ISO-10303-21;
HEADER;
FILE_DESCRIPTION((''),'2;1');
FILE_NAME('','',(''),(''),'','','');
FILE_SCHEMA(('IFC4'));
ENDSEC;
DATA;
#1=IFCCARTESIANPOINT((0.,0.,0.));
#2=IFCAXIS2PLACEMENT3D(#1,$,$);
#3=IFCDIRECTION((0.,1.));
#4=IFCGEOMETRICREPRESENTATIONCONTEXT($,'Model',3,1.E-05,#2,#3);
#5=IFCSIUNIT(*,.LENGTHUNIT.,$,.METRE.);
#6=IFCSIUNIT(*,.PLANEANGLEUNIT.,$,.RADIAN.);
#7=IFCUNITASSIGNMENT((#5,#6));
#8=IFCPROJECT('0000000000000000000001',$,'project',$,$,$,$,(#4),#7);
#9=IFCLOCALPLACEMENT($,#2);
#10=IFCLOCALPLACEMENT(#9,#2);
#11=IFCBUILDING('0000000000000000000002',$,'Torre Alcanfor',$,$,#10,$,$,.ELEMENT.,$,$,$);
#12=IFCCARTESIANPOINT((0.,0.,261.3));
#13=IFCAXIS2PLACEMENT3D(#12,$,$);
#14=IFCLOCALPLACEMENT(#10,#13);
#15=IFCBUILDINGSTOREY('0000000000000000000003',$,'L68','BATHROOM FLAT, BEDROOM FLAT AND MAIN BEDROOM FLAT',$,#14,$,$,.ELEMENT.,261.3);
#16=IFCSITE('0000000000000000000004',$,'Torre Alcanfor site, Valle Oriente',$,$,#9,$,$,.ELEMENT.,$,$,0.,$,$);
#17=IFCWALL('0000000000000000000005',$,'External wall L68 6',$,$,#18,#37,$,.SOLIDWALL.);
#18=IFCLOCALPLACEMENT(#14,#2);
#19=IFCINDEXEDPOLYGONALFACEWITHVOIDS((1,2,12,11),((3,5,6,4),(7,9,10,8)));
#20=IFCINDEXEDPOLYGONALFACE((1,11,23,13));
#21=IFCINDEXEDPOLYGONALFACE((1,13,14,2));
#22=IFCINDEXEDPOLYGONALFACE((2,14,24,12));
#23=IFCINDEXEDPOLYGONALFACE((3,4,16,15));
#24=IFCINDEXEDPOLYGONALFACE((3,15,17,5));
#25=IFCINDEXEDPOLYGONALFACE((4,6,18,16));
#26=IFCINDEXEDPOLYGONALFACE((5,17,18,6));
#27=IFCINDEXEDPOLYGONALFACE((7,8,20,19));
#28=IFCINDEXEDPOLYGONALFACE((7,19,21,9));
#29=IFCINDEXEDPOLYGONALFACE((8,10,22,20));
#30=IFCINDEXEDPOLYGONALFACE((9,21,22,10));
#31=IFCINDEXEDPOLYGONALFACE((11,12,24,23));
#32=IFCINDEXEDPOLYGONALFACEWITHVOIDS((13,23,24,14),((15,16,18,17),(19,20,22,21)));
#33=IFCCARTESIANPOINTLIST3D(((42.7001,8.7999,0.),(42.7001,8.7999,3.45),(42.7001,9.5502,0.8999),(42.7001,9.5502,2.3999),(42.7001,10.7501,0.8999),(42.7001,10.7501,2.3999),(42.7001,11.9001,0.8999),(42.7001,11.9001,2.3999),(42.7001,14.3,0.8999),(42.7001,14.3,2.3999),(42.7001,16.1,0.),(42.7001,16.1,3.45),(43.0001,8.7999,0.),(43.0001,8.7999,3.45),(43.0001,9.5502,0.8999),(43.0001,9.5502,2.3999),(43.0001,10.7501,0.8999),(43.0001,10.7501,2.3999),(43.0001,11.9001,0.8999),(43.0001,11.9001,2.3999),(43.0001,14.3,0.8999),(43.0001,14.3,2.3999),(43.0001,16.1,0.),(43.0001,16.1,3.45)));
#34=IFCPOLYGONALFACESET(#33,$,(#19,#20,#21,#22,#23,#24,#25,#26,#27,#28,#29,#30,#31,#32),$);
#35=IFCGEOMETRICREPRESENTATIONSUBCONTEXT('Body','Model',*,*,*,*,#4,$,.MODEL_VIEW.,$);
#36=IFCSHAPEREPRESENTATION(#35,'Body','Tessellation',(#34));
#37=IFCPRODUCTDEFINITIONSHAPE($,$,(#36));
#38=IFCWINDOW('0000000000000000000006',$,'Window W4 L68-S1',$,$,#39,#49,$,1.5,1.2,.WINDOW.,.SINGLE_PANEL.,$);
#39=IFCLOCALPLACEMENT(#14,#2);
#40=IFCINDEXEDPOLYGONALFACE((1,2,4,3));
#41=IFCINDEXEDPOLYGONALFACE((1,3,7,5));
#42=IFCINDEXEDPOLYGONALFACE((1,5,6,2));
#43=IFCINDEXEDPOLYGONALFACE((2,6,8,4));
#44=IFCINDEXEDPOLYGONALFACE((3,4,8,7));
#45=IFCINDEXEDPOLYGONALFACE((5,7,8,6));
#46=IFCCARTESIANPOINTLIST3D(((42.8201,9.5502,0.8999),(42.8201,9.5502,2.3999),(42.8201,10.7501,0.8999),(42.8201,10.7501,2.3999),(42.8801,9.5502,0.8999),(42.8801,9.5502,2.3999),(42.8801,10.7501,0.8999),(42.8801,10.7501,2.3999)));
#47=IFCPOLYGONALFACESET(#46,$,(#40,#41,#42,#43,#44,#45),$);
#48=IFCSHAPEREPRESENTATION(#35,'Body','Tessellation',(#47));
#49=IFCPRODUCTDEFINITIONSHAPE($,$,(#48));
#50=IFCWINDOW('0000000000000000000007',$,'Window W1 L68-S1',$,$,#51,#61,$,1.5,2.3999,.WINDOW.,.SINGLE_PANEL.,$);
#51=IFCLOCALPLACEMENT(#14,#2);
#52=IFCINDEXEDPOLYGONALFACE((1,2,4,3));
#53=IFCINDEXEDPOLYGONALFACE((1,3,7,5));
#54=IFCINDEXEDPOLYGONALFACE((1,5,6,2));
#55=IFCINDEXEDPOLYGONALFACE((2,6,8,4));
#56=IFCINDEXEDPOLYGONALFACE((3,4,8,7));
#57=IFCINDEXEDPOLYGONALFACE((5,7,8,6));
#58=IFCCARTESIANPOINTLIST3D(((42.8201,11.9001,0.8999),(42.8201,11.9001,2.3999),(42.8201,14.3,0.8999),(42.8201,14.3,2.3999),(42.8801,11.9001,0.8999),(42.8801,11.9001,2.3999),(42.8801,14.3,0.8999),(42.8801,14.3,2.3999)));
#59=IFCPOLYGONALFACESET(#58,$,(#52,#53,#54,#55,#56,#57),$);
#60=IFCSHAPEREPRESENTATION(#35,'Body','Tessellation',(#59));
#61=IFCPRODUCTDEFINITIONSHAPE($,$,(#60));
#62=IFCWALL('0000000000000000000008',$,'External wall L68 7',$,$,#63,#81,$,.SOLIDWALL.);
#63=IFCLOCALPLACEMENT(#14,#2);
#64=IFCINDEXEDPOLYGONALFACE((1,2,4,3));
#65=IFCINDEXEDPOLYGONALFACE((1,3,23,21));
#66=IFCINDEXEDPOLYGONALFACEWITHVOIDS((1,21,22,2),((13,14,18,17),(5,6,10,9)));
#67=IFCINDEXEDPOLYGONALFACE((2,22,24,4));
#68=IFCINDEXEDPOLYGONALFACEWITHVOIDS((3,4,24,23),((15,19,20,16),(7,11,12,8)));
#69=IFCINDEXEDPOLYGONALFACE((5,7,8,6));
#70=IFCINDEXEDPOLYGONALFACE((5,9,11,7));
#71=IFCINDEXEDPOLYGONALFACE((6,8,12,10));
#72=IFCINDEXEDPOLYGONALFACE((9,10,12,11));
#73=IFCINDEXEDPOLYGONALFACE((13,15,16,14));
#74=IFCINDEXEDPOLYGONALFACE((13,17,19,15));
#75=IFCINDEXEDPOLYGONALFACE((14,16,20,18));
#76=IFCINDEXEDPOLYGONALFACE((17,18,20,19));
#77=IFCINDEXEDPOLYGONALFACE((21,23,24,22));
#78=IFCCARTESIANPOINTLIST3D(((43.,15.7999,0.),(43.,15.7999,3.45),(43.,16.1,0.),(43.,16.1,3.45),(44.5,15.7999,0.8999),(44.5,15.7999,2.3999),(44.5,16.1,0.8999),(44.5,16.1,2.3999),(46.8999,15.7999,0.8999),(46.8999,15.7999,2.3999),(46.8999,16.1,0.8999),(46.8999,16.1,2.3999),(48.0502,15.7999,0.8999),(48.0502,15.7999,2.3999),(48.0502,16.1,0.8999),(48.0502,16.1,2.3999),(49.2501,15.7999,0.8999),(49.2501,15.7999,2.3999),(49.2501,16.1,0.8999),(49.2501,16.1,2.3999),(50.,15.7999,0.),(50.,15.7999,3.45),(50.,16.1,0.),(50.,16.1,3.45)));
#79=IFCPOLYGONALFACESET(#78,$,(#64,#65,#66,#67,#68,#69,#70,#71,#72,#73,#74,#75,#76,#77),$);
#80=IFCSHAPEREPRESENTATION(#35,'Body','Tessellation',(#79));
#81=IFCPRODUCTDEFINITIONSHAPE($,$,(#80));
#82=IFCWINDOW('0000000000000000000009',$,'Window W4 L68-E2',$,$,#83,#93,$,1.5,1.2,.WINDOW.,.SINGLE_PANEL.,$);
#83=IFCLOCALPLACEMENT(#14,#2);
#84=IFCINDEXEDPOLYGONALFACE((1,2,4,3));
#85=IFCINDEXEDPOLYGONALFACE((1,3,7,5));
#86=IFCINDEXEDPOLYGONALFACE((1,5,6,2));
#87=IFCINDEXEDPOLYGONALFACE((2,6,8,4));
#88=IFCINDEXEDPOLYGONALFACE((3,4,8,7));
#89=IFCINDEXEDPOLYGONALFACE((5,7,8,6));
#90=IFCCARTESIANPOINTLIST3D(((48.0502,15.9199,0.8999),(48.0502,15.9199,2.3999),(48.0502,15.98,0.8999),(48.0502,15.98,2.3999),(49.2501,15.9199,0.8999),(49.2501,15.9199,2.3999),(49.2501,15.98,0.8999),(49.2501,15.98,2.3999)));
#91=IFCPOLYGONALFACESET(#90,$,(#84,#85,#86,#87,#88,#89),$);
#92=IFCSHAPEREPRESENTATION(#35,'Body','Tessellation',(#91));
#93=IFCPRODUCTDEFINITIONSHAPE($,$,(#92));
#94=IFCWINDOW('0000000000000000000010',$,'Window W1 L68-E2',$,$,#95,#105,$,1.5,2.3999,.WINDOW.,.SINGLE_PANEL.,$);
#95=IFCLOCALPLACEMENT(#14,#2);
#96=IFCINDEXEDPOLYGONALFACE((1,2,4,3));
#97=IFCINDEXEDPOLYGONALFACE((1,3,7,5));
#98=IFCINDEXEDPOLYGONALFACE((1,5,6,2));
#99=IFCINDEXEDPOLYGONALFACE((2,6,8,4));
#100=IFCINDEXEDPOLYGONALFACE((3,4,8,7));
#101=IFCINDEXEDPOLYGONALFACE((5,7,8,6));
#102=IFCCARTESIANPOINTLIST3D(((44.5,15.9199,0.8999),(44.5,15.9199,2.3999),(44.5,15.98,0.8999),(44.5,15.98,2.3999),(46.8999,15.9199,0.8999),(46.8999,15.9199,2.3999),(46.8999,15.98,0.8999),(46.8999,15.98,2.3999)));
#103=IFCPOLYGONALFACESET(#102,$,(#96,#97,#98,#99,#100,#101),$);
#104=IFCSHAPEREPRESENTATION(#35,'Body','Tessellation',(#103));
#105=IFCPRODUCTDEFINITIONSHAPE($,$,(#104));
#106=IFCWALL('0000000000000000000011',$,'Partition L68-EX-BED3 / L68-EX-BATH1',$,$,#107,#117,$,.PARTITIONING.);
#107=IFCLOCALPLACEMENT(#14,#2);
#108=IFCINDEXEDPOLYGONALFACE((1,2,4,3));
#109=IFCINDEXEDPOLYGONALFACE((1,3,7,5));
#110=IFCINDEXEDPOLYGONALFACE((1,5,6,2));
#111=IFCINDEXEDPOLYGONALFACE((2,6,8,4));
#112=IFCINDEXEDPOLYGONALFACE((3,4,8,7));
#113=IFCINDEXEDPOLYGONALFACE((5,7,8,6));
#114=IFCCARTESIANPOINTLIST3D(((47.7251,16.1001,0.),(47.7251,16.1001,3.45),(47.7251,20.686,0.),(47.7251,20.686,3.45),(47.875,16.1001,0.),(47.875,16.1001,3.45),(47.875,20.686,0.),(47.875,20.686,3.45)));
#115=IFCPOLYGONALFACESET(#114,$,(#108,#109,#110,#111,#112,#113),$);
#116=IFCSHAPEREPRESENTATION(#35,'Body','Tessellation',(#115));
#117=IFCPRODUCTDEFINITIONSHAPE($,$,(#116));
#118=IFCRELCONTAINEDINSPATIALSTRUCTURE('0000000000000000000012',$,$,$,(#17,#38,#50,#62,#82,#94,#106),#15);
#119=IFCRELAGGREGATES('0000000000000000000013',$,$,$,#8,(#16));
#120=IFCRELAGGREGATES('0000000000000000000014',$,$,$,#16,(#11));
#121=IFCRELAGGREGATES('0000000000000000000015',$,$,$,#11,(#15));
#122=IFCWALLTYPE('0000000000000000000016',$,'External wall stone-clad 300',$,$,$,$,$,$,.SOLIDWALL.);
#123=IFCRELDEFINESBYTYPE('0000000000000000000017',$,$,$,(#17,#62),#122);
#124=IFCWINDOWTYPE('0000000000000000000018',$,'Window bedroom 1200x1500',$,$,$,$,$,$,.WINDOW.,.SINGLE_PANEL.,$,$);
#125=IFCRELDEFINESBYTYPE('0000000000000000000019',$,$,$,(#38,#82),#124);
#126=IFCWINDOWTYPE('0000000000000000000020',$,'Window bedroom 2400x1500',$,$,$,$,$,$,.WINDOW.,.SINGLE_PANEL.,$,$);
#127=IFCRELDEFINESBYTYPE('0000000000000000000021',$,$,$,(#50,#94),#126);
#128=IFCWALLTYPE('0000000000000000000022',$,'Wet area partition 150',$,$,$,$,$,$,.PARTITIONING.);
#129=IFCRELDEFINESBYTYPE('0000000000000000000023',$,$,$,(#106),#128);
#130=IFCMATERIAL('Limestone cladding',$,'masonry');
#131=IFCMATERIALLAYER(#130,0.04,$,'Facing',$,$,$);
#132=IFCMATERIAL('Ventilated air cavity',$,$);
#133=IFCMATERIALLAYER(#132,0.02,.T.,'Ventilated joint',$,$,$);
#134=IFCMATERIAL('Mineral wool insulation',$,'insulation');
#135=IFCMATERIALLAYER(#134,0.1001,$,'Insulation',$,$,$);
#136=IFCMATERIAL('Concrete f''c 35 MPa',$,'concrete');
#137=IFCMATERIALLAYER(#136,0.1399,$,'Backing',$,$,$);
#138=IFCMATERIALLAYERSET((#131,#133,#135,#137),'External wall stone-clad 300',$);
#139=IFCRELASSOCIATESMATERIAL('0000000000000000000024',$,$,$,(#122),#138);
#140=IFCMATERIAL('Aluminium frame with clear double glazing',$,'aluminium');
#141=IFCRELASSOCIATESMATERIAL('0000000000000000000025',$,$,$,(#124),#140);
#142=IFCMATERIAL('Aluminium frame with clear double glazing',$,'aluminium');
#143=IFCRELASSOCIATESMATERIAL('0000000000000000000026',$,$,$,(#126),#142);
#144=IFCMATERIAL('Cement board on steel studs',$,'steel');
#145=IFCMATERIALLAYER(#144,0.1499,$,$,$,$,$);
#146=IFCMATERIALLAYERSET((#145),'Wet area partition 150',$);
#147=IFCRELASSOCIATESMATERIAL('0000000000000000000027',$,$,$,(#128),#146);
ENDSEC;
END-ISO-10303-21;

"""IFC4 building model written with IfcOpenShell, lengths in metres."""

from ifc_helpers import new_model, si_unit, direction, frame, frame_2d, origin, place, context, subcontext, project, spatial, rectangle, extrude, material, layer, layer_set, type_object, element, fill, save


model = new_model("IFC4")

# Units and contexts
model_context = context("Model", 3, precision=1e-05, world=origin(), true_north=direction((0.0, 1.0)))
body_context = subcontext(model_context, "Body", "Model", "MODEL_VIEW")
ifc_project = project(units=[si_unit("LENGTHUNIT", "METRE"), si_unit("PLANEANGLEUNIT", "RADIAN")], contexts=[model_context])

# Site, building, storey
site_placement = place(None, origin())
site = spatial("IfcSite", under=ifc_project, at=site_placement, Name="Torre Alcanfor site, Valle Oriente", CompositionType="ELEMENT", RefElevation=0.0)
building_placement = place(site_placement, origin())
building = spatial("IfcBuilding", under=site, at=building_placement, Name="Torre Alcanfor", CompositionType="ELEMENT")
storey_placement = place(building_placement, frame((0.0, 0.0, 261.3)))
storey = spatial("IfcBuildingStorey", under=building, at=storey_placement, Name="L68", Description="BATHROOM FLAT, BEDROOM FLAT AND MAIN BEDROOM FLAT", CompositionType="ELEMENT", Elevation=261.3)

# Walls, openings, windows
ifc_material_1 = material(Name="Limestone cladding", Category="masonry")
ifc_layer_1 = layer(ifc_material_1, 0.04, Name="Facing")
ifc_material_2 = material(Name="Ventilated air cavity")
ifc_layer_2 = layer(ifc_material_2, 0.02, ventilated=True, Name="Ventilated joint")
ifc_material_3 = material(Name="Mineral wool insulation", Category="insulation")
ifc_layer_3 = layer(ifc_material_3, 0.1001, Name="Insulation")
ifc_material_4 = material(Name="Concrete f'c 35 MPa", Category="concrete")
ifc_layer_4 = layer(ifc_material_4, 0.1399, Name="Backing")
ifc_layer_set_1 = layer_set([ifc_layer_1, ifc_layer_2, ifc_layer_3, ifc_layer_4], Name="External wall stone-clad 300")
wall_type_1 = type_object("IfcWallType", Name="External wall stone-clad 300", PredefinedType="SOLIDWALL", material=ifc_layer_set_1)
wall_1_placement = place(storey_placement, frame((42.8501, 8.8, 0.0), z_axis=(0.0, 0.0, 1.0), x_axis=(0.0, 1.0, 0.0)))
wall_1 = element("IfcWall", 1, at=wall_1_placement, inside=storey, type_object=wall_type_1, Name="External wall L68 6", PredefinedType="SOLIDWALL", context=body_context, shape_type="SweptSolid", body=[
    extrude(rectangle(XDim=7.3, YDim=0.3, at=frame_2d((3.6499, 0.0))), origin(), (0.0, 0.0, 1.0), 3.45),
])
opening_1_placement = place(wall_1_placement, frame((3.1001, 0.0, 0.8999)))
opening_1 = element("IfcOpeningElement", 2, at=opening_1_placement, cuts=wall_1, PredefinedType="OPENING", context=body_context, shape_type="SweptSolid", body=[
    extrude(rectangle(XDim=2.3999, YDim=1.5, at=frame_2d((1.2, 0.75))), frame((0.0, 0.1599, 0.0), z_axis=(0.0, -1.0, 0.0), x_axis=(1.0, 0.0, 0.0)), (0.0, 0.0, 1.0), 0.3201),
])
opening_2_placement = place(wall_1_placement, frame((0.75, 0.0, 0.8999)))
opening_2 = element("IfcOpeningElement", 3, at=opening_2_placement, cuts=wall_1, PredefinedType="OPENING", context=body_context, shape_type="SweptSolid", body=[
    extrude(rectangle(XDim=1.2, YDim=1.5, at=frame_2d((0.6001, 0.75))), frame((0.0, 0.1599, 0.0), z_axis=(0.0, -1.0, 0.0), x_axis=(1.0, 0.0, 0.0)), (0.0, 0.0, 1.0), 0.3201),
])
ifc_material_5 = material(Name="Aluminium frame with clear double glazing", Category="aluminium")
window_type_1 = type_object("IfcWindowType", Name="Window bedroom 1200x1500", PartitioningType="SINGLE_PANEL", PredefinedType="WINDOW", material=ifc_material_5)
window_1_placement = place(opening_2_placement, origin())
window_1 = element("IfcWindow", 4, at=window_1_placement, inside=storey, type_object=window_type_1, Name="Window W4 L68-S1", OverallHeight=1.5, OverallWidth=1.2, PartitioningType="SINGLE_PANEL", PredefinedType="WINDOW", context=body_context, shape_type="SweptSolid", body=[
    extrude(rectangle(XDim=1.2, YDim=1.5, at=frame_2d((0.6001, 0.75))), frame((0.0, 0.03, 0.0), z_axis=(0.0, -1.0, 0.0), x_axis=(1.0, 0.0, 0.0)), (0.0, 0.0, 1.0), 0.0601),
])
fill(opening_2, window_1)
ifc_material_6 = material(Name="Aluminium frame with clear double glazing", Category="aluminium")
window_type_2 = type_object("IfcWindowType", Name="Window bedroom 2400x1500", PartitioningType="SINGLE_PANEL", PredefinedType="WINDOW", material=ifc_material_6)
window_2_placement = place(opening_1_placement, origin())
window_2 = element("IfcWindow", 5, at=window_2_placement, inside=storey, type_object=window_type_2, Name="Window W1 L68-S1", OverallHeight=1.5, OverallWidth=2.3999, PartitioningType="SINGLE_PANEL", PredefinedType="WINDOW", context=body_context, shape_type="SweptSolid", body=[
    extrude(rectangle(XDim=2.3999, YDim=1.5, at=frame_2d((1.2, 0.75))), frame((0.0, 0.03, 0.0), z_axis=(0.0, -1.0, 0.0), x_axis=(1.0, 0.0, 0.0)), (0.0, 0.0, 1.0), 0.0601),
])
fill(opening_1, window_2)
wall_2_placement = place(storey_placement, frame((43.0, 15.95, 0.0), z_axis=(0.0, 0.0, 1.0), x_axis=(1.0, 0.0, 0.0)))
wall_2 = element("IfcWall", 6, at=wall_2_placement, inside=storey, type_object=wall_type_1, Name="External wall L68 7", PredefinedType="SOLIDWALL", context=body_context, shape_type="SweptSolid", body=[
    extrude(rectangle(XDim=7.0, YDim=0.3, at=frame_2d((3.5, 0.0))), origin(), (0.0, 0.0, 1.0), 3.45),
])
opening_3_placement = place(wall_2_placement, frame((1.5, 0.0, 0.8999)))
opening_3 = element("IfcOpeningElement", 7, at=opening_3_placement, cuts=wall_2, PredefinedType="OPENING", context=body_context, shape_type="SweptSolid", body=[
    extrude(rectangle(XDim=2.3999, YDim=1.5, at=frame_2d((1.2, 0.75))), frame((0.0, 0.1599, 0.0), z_axis=(0.0, -1.0, 0.0), x_axis=(1.0, 0.0, 0.0)), (0.0, 0.0, 1.0), 0.3201),
])
opening_4_placement = place(wall_2_placement, frame((5.05, 0.0, 0.8999)))
opening_4 = element("IfcOpeningElement", 8, at=opening_4_placement, cuts=wall_2, PredefinedType="OPENING", context=body_context, shape_type="SweptSolid", body=[
    extrude(rectangle(XDim=1.2, YDim=1.5, at=frame_2d((0.6001, 0.75))), frame((0.0, 0.1599, 0.0), z_axis=(0.0, -1.0, 0.0), x_axis=(1.0, 0.0, 0.0)), (0.0, 0.0, 1.0), 0.3201),
])
window_3_placement = place(opening_4_placement, origin())
window_3 = element("IfcWindow", 9, at=window_3_placement, inside=storey, type_object=window_type_1, Name="Window W4 L68-E2", OverallHeight=1.5, OverallWidth=1.2, PartitioningType="SINGLE_PANEL", PredefinedType="WINDOW", context=body_context, shape_type="SweptSolid", body=[
    extrude(rectangle(XDim=1.2, YDim=1.5, at=frame_2d((0.6001, 0.75))), frame((0.0, 0.03, 0.0), z_axis=(0.0, -1.0, 0.0), x_axis=(1.0, 0.0, 0.0)), (0.0, 0.0, 1.0), 0.0601),
])
fill(opening_4, window_3)
window_4_placement = place(opening_3_placement, origin())
window_4 = element("IfcWindow", 10, at=window_4_placement, inside=storey, type_object=window_type_2, Name="Window W1 L68-E2", OverallHeight=1.5, OverallWidth=2.3999, PartitioningType="SINGLE_PANEL", PredefinedType="WINDOW", context=body_context, shape_type="SweptSolid", body=[
    extrude(rectangle(XDim=2.3999, YDim=1.5, at=frame_2d((1.2, 0.75))), frame((0.0, 0.03, 0.0), z_axis=(0.0, -1.0, 0.0), x_axis=(1.0, 0.0, 0.0)), (0.0, 0.0, 1.0), 0.0601),
])
fill(opening_3, window_4)

# Wall
ifc_material_7 = material(Name="Cement board on steel studs", Category="steel")
ifc_layer_5 = layer(ifc_material_7, 0.1499)
ifc_layer_set_2 = layer_set([ifc_layer_5], Name="Wet area partition 150")
wall_type_2 = type_object("IfcWallType", Name="Wet area partition 150", PredefinedType="PARTITIONING", material=ifc_layer_set_2)
wall_3_placement = place(storey_placement, frame((47.8, 16.1001, 0.0), z_axis=(0.0, 0.0, 1.0), x_axis=(0.0, 1.0, 0.0)))
element("IfcWall", 11, at=wall_3_placement, inside=storey, type_object=wall_type_2, Name="Partition L68-EX-BED3 / L68-EX-BATH1", PredefinedType="PARTITIONING", context=body_context, shape_type="SweptSolid", body=[
    extrude(rectangle(XDim=4.5859, YDim=0.1499, at=frame_2d((2.293, 0.0))), origin(), (0.0, 0.0, 1.0), 3.45),
])

save(model, "model.ifc")
